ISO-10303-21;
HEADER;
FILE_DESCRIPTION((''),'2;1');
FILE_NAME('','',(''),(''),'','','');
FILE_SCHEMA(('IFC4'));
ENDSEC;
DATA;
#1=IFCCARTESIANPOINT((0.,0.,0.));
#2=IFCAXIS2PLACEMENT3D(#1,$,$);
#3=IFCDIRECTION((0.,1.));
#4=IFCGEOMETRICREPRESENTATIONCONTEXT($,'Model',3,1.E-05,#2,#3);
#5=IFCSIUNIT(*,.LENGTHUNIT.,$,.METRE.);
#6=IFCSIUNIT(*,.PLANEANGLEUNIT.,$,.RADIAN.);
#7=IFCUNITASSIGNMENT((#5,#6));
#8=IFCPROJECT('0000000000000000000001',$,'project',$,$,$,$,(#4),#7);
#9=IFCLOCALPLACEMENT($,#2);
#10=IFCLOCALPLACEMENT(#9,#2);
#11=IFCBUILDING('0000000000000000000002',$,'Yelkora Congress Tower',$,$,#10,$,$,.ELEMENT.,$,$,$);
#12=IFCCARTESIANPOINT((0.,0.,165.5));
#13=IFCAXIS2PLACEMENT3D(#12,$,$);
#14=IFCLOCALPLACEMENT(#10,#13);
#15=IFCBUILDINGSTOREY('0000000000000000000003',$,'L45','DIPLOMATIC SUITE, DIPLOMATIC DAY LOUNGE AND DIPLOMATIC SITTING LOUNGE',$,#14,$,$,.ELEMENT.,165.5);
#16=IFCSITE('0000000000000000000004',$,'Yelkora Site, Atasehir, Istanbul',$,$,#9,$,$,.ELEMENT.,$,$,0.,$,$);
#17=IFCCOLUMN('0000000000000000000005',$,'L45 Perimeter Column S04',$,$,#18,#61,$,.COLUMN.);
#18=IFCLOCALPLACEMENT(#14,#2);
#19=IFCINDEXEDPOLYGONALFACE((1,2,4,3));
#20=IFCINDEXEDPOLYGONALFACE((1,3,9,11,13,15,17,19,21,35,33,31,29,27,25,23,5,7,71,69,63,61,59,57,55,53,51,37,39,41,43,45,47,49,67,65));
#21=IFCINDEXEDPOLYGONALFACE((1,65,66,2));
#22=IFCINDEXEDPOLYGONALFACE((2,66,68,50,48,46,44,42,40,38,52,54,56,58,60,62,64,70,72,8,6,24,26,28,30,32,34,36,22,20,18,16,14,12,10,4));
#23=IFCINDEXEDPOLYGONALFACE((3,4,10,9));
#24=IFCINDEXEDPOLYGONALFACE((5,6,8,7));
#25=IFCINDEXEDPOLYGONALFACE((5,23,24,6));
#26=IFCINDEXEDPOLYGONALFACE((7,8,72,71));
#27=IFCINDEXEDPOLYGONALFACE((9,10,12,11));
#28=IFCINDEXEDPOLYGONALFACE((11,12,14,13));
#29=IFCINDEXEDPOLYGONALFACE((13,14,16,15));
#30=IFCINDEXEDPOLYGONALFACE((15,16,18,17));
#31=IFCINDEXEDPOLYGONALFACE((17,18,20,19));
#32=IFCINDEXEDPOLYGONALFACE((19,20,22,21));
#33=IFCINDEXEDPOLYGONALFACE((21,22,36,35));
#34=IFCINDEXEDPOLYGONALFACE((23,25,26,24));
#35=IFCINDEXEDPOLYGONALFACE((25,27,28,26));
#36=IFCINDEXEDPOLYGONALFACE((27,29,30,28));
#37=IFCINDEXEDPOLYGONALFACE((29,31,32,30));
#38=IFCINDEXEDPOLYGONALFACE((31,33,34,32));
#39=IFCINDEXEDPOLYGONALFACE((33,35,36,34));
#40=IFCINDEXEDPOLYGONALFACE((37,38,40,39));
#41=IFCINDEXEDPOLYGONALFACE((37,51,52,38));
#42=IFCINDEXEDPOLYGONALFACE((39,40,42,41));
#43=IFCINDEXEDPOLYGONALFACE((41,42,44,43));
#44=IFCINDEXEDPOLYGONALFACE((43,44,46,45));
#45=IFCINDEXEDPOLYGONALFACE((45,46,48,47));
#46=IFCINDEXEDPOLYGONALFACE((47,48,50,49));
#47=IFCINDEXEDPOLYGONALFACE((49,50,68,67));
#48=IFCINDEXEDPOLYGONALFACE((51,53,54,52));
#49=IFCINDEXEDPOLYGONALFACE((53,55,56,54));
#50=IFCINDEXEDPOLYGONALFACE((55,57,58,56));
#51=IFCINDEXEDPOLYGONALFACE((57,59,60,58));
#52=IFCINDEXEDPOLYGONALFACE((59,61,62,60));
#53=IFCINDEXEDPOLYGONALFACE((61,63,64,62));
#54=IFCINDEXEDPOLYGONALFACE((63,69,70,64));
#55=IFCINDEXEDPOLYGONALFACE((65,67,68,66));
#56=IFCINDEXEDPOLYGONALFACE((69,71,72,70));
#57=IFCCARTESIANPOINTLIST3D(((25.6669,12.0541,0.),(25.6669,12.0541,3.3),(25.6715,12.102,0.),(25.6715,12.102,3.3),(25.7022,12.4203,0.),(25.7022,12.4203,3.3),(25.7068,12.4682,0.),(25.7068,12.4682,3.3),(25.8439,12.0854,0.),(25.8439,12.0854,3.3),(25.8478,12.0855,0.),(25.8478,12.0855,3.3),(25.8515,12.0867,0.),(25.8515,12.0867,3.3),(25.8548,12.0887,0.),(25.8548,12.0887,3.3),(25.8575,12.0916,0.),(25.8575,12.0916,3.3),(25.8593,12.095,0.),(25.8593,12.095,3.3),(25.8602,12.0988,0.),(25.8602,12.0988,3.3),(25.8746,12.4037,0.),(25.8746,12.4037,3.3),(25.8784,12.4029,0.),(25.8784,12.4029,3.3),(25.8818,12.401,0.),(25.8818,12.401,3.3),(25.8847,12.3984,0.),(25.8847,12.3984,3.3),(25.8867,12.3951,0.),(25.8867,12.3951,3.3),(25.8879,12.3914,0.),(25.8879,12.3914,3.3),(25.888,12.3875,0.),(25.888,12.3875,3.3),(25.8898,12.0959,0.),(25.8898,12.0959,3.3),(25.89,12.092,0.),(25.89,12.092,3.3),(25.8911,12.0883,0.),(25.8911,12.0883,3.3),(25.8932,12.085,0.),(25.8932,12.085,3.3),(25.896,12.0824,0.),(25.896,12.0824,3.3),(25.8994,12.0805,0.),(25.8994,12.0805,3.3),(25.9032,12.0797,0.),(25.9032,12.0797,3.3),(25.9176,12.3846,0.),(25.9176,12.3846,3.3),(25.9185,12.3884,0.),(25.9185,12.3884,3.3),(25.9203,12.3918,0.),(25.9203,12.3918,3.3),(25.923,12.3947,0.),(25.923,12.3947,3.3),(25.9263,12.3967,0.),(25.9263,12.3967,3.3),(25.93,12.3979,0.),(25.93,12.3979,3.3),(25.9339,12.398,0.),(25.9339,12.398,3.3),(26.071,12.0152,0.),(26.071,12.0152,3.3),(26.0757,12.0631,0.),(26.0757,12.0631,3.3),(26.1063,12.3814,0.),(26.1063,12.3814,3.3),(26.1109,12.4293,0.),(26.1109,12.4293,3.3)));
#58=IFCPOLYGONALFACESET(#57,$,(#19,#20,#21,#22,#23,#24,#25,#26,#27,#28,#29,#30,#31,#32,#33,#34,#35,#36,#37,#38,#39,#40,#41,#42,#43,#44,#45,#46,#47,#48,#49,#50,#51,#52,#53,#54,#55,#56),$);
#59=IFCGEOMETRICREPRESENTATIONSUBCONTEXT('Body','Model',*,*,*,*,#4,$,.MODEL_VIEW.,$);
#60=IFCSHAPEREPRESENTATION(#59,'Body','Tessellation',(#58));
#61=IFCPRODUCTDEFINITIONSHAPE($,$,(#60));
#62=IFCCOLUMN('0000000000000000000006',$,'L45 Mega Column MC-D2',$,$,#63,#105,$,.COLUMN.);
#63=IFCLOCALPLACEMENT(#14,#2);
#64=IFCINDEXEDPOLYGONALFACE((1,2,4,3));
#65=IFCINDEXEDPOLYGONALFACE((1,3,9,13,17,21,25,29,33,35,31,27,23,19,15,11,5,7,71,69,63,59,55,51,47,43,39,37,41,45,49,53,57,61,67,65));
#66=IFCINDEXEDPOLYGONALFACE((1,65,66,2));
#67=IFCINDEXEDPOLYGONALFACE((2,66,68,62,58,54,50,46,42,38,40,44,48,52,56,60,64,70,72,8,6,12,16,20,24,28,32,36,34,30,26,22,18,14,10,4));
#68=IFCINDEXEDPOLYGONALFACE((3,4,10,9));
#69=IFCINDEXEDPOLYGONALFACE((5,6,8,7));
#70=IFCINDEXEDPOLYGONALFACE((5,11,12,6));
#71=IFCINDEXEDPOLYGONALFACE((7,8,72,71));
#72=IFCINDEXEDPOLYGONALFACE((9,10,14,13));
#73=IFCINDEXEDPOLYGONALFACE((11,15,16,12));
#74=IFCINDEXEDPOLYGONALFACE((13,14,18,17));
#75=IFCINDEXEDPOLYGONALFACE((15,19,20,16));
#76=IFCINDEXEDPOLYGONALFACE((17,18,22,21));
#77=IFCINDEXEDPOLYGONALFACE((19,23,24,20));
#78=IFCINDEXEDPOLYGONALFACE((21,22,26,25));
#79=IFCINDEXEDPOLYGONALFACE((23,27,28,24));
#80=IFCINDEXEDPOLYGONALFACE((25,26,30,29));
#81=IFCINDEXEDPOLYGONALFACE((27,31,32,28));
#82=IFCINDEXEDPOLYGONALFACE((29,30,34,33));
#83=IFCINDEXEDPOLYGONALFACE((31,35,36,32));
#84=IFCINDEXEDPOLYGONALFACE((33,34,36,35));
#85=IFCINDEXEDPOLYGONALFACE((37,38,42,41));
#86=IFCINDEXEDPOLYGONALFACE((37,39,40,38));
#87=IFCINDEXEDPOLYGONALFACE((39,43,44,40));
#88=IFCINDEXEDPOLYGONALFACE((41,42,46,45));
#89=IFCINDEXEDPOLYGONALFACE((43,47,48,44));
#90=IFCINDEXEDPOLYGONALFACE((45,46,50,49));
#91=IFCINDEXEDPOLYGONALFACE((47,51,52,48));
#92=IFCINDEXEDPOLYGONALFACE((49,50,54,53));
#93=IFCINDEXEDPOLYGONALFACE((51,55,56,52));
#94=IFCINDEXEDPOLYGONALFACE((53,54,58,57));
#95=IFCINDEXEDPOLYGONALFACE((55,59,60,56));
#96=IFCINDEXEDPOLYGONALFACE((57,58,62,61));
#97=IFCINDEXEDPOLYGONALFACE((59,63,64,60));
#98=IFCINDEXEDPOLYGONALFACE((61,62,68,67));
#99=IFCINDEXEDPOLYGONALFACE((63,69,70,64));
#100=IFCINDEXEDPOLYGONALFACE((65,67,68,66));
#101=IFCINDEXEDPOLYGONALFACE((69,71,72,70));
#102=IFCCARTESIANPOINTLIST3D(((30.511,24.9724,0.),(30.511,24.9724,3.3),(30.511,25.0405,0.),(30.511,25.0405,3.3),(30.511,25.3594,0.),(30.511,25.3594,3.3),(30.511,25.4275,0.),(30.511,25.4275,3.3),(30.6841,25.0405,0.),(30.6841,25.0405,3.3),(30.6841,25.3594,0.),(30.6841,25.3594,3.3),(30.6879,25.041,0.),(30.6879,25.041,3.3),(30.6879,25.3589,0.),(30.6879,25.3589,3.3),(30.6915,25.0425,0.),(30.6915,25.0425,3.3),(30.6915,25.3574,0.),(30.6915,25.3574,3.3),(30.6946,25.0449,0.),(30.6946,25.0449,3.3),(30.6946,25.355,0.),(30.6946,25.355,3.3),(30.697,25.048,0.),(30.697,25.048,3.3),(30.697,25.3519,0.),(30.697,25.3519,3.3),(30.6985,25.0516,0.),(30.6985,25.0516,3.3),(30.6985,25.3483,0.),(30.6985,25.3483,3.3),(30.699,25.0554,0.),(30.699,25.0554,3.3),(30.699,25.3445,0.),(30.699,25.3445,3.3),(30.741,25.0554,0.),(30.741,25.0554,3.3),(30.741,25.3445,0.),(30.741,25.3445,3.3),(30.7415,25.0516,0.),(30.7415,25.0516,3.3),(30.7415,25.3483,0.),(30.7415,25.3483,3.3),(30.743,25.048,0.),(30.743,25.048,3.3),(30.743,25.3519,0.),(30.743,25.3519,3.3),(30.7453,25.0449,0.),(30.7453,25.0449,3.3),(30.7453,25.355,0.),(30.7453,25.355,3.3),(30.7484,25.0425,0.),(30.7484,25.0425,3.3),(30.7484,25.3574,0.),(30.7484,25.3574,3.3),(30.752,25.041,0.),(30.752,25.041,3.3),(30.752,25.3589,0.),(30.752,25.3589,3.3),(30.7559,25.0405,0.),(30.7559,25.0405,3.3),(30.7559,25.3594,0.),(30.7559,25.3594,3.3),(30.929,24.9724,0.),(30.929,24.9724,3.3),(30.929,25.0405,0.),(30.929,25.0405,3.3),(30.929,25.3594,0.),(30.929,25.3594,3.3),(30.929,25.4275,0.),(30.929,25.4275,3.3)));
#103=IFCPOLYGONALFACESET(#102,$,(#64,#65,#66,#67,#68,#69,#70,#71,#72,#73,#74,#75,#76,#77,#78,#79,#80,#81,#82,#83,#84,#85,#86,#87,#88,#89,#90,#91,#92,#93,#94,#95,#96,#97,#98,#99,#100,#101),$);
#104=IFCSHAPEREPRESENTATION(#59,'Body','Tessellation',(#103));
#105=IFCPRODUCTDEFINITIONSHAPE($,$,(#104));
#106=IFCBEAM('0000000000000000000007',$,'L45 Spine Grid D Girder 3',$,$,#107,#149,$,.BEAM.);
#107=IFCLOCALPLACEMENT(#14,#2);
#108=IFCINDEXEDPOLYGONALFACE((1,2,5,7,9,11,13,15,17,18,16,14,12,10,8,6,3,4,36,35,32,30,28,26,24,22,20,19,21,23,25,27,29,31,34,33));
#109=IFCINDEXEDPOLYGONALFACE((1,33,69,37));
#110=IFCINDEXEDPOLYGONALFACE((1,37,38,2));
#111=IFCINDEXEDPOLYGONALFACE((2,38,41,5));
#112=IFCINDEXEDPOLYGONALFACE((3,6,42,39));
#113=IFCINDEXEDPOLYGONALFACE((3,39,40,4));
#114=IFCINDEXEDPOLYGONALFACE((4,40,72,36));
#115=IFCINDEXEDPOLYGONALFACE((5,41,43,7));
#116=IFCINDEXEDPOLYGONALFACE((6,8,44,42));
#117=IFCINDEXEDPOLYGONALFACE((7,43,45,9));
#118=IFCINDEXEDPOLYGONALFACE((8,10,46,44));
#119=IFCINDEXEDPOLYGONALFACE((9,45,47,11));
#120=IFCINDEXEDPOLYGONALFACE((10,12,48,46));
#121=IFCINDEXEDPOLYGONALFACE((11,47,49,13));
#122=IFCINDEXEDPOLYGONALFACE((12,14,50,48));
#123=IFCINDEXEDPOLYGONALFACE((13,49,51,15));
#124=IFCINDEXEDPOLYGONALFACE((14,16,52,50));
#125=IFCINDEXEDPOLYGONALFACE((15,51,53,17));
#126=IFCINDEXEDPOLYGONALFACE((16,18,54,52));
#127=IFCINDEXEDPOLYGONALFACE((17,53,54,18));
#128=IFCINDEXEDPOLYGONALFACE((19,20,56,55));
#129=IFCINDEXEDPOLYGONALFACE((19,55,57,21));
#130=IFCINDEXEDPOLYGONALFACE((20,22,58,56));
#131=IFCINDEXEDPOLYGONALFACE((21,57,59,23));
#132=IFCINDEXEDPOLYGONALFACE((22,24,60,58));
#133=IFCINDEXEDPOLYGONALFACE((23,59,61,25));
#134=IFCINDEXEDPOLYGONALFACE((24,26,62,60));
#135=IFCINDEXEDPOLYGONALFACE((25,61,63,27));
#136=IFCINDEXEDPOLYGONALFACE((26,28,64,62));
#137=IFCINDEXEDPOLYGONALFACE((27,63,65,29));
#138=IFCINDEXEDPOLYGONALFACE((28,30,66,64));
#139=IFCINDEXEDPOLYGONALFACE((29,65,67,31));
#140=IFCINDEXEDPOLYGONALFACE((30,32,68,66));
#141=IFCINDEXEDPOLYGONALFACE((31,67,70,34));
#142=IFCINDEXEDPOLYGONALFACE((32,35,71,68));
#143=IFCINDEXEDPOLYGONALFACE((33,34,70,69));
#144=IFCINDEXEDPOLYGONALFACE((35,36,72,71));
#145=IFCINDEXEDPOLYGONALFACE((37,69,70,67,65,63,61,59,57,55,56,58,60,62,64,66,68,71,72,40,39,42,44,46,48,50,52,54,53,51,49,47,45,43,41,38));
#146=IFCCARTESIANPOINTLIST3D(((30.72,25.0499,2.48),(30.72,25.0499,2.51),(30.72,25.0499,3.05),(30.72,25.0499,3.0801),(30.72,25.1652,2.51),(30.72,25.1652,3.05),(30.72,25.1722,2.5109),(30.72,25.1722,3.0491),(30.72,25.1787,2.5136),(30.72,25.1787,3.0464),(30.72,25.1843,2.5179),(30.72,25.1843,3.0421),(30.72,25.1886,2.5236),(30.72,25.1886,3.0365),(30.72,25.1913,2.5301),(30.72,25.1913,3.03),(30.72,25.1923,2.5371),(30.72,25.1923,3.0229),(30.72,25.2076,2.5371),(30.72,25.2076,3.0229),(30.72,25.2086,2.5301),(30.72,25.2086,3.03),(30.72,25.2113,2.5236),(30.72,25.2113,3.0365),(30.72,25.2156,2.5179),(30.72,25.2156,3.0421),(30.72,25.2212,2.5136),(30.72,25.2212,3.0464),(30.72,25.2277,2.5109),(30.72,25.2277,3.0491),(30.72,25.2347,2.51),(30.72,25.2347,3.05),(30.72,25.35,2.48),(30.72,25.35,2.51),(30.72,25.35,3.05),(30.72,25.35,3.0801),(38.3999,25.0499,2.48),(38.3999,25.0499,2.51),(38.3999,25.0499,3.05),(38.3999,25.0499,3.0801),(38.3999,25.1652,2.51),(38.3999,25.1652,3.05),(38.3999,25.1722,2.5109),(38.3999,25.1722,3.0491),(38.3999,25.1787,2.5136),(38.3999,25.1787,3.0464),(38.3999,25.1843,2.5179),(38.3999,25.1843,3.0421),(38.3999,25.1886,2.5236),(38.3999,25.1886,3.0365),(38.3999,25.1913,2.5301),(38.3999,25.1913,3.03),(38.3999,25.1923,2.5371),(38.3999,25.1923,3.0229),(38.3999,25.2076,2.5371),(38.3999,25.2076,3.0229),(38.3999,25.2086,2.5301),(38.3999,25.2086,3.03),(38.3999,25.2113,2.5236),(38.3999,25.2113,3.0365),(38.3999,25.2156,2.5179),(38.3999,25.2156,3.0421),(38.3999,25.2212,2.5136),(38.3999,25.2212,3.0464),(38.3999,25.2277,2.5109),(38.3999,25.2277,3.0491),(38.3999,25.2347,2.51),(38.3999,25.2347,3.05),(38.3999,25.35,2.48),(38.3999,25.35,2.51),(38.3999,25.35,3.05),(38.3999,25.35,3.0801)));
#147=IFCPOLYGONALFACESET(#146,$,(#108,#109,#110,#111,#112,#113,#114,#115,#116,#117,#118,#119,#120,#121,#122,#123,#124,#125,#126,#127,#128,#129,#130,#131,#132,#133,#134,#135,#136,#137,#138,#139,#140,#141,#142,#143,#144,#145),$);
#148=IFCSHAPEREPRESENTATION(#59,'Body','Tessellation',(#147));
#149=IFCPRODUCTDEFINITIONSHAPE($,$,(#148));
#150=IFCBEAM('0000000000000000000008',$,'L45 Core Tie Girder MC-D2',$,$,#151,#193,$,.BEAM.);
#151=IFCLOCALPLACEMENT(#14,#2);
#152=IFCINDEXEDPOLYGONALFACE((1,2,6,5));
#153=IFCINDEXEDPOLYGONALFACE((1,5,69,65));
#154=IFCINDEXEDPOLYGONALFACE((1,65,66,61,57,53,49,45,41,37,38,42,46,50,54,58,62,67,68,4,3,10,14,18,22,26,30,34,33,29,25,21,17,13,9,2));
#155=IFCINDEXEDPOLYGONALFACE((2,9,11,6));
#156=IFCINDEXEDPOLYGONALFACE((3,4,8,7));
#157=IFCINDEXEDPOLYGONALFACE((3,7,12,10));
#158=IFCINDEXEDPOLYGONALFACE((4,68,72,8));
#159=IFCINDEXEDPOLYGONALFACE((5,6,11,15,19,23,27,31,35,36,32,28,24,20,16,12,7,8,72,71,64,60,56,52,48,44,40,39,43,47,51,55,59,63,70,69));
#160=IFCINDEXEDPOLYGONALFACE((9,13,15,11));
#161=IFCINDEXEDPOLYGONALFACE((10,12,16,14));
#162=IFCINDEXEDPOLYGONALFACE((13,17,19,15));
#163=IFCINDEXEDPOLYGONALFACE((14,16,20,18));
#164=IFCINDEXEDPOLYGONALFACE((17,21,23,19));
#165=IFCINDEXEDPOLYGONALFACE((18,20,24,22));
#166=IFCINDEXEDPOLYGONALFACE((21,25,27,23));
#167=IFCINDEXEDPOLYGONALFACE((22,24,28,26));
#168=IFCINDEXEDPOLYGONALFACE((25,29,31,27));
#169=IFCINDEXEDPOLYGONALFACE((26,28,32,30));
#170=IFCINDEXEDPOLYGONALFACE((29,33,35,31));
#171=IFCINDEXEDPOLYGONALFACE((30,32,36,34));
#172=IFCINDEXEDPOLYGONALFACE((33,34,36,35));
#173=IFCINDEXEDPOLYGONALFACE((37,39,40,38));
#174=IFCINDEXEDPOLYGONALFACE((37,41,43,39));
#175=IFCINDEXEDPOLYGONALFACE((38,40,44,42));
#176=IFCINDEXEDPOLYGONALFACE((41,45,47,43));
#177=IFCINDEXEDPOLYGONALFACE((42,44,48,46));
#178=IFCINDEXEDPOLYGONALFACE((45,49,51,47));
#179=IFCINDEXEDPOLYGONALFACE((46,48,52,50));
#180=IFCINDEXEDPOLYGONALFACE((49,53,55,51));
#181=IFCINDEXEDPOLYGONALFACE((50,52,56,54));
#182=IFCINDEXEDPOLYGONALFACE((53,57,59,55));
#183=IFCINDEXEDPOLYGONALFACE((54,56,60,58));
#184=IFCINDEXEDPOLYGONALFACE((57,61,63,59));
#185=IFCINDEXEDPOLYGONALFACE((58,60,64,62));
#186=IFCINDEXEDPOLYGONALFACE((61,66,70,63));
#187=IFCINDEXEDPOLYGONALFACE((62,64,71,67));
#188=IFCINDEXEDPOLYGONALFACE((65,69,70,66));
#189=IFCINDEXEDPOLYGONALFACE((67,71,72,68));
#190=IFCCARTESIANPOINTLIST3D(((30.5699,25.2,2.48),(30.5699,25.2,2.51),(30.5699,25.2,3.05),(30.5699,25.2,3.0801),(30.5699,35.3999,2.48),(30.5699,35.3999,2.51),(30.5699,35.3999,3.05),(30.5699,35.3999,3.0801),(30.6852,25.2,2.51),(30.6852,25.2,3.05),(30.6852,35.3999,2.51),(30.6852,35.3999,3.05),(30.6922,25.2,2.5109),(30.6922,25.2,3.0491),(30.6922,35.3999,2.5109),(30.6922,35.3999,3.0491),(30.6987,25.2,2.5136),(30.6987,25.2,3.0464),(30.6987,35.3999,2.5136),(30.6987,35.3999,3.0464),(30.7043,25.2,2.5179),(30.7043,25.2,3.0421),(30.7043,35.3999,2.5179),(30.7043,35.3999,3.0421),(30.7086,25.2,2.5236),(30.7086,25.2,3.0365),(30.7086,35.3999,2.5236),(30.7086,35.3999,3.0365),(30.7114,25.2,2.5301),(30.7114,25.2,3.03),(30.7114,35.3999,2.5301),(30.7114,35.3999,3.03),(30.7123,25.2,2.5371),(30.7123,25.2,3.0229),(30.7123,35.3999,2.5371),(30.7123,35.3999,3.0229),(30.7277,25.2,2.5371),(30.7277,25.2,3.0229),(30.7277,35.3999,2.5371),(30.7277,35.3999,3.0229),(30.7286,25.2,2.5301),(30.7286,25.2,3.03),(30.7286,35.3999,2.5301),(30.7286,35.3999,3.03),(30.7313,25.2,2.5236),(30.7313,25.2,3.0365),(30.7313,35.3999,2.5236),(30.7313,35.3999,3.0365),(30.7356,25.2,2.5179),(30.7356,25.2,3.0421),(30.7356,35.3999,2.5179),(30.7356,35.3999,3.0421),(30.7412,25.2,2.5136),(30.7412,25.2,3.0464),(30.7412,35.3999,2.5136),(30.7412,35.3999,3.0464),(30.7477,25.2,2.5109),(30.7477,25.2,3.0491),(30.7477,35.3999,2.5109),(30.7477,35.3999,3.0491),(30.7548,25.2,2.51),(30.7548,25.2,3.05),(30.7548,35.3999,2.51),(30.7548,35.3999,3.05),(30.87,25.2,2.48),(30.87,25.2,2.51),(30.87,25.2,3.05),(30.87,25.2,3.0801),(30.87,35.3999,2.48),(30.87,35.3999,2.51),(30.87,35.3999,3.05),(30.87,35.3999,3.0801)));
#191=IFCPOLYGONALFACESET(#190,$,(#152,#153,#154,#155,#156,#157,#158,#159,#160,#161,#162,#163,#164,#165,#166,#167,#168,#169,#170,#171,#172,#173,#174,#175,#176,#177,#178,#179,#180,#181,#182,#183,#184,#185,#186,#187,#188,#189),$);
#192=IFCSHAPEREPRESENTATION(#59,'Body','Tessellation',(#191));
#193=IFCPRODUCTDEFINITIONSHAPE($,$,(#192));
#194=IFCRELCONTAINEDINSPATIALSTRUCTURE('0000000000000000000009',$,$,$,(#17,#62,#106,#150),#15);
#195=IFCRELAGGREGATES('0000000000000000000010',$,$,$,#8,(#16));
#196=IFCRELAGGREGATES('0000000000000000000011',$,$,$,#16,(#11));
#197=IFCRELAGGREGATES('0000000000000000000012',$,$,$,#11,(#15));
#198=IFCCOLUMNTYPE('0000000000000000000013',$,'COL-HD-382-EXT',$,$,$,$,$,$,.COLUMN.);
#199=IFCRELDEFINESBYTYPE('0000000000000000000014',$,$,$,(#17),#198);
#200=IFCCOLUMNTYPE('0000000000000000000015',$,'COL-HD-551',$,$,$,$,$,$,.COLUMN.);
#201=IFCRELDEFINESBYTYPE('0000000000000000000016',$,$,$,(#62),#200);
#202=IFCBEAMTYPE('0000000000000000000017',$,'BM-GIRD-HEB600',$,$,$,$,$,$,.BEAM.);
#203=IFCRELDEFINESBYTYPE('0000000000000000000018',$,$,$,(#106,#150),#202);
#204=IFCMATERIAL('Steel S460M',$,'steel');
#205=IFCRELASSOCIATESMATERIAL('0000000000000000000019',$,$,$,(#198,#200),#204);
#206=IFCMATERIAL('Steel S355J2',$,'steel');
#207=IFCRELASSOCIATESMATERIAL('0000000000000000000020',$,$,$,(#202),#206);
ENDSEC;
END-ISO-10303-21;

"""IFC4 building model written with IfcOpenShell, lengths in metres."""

from ifc_helpers import new_model, si_unit, direction, frame, origin, origin_2d, place, context, subcontext, project, spatial, i_section, extrude, material, material_profile, profile_set, type_object, element, save


model = new_model("IFC4")

# Units and contexts
model_context = context("Model", 3, precision=1e-05, world=origin(), true_north=direction((0.0, 1.0)))
body_context = subcontext(model_context, "Body", "Model", "MODEL_VIEW")
ifc_project = project(units=[si_unit("LENGTHUNIT", "METRE"), si_unit("PLANEANGLEUNIT", "RADIAN")], contexts=[model_context])

# Site, building, storey
site_placement = place(None, origin())
site = spatial("IfcSite", under=ifc_project, at=site_placement, Name="Yelkora Site, Atasehir, Istanbul", CompositionType="ELEMENT", RefElevation=0.0)
building_placement = place(site_placement, origin())
building = spatial("IfcBuilding", under=site, at=building_placement, Name="Yelkora Congress Tower", CompositionType="ELEMENT")
storey_placement = place(building_placement, frame((0.0, 0.0, 165.5)))
storey = spatial("IfcBuildingStorey", under=building, at=storey_placement, Name="L45", Description="DIPLOMATIC SUITE, DIPLOMATIC DAY LOUNGE AND DIPLOMATIC SITTING LOUNGE", CompositionType="ELEMENT", Elevation=165.5)

# Columns
ifc_material_1 = material(Name="Steel S460M", Category="steel")
ifc_material_profile_1 = material_profile(ifc_material_1, i_section(OverallWidth=0.406, OverallDepth=0.416, WebThickness=0.0298, FlangeThickness=0.0481, FilletRadius=0.0149, at=origin_2d()), Name="HD 400x382")
ifc_profile_set_1 = profile_set([ifc_material_profile_1], Name="Steel S460M")
column_type_1 = type_object("IfcColumnType", Name="COL-HD-382-EXT", PredefinedType="COLUMN", material=ifc_profile_set_1)
column_1_placement = place(storey_placement, frame((25.8889, 12.2417, 0.0), z_axis=(0.0, 0.0, 1.0), x_axis=(0.995396, -0.095846, 0.0)))
element("IfcColumn", 1, at=column_1_placement, inside=storey, type_object=column_type_1, Name="L45 Perimeter Column S04", PredefinedType="COLUMN", context=body_context, shape_type="SweptSolid", body=[
    extrude(i_section(OverallWidth=0.406, OverallDepth=0.416, WebThickness=0.0298, FlangeThickness=0.0481, FilletRadius=0.0149, at=origin_2d()), origin(), (0.0, 0.0, 1.0), 3.3),
])
ifc_material_profile_2 = material_profile(ifc_material_1, i_section(OverallWidth=0.418, OverallDepth=0.4551, WebThickness=0.042, FlangeThickness=0.0681, FilletRadius=0.0149, at=origin_2d()), Name="HD 400x551")
ifc_profile_set_2 = profile_set([ifc_material_profile_2], Name="Steel S460M")
column_type_2 = type_object("IfcColumnType", Name="COL-HD-551", PredefinedType="COLUMN", material=ifc_profile_set_2)
column_2_placement = place(storey_placement, frame((30.72, 25.2, 0.0), z_axis=(0.0, 0.0, 1.0), x_axis=(1.0, 0.0, 0.0)))
element("IfcColumn", 2, at=column_2_placement, inside=storey, type_object=column_type_2, Name="L45 Mega Column MC-D2", PredefinedType="COLUMN", context=body_context, shape_type="SweptSolid", body=[
    extrude(i_section(OverallWidth=0.418, OverallDepth=0.4551, WebThickness=0.042, FlangeThickness=0.0681, FilletRadius=0.0149, at=origin_2d()), origin(), (0.0, 0.0, 1.0), 3.3),
])

# Beams
ifc_material_2 = material(Name="Steel S355J2", Category="steel")
ifc_material_profile_3 = material_profile(ifc_material_2, i_section(OverallWidth=0.3, OverallDepth=0.6001, WebThickness=0.0154, FlangeThickness=0.03, FilletRadius=0.0271, at=origin_2d()), Name="HEB 600")
ifc_profile_set_3 = profile_set([ifc_material_profile_3], Name="Steel S355J2")
beam_type_1 = type_object("IfcBeamType", Name="BM-GIRD-HEB600", PredefinedType="BEAM", material=ifc_profile_set_3)
beam_1_placement = place(storey_placement, frame((30.72, 25.2, 2.78), z_axis=(1.0, 0.0, 0.0), x_axis=(0.0, 1.0, 0.0)))
element("IfcBeam", 3, at=beam_1_placement, inside=storey, type_object=beam_type_1, Name="L45 Spine Grid D Girder 3", PredefinedType="BEAM", context=body_context, shape_type="SweptSolid", body=[
    extrude(i_section(OverallWidth=0.3, OverallDepth=0.6001, WebThickness=0.0154, FlangeThickness=0.03, FilletRadius=0.0271, at=origin_2d()), origin(), (0.0, 0.0, 1.0), 7.6799),
])
beam_2_placement = place(storey_placement, frame((30.72, 25.2, 2.78), z_axis=(0.0, 1.0, 0.0), x_axis=(-1.0, 0.0, 0.0)))
element("IfcBeam", 4, at=beam_2_placement, inside=storey, type_object=beam_type_1, Name="L45 Core Tie Girder MC-D2", PredefinedType="BEAM", context=body_context, shape_type="SweptSolid", body=[
    extrude(i_section(OverallWidth=0.3, OverallDepth=0.6001, WebThickness=0.0154, FlangeThickness=0.03, FilletRadius=0.0271, at=origin_2d()), origin(), (0.0, 0.0, 1.0), 10.2),
])

save(model, "model.ifc")
